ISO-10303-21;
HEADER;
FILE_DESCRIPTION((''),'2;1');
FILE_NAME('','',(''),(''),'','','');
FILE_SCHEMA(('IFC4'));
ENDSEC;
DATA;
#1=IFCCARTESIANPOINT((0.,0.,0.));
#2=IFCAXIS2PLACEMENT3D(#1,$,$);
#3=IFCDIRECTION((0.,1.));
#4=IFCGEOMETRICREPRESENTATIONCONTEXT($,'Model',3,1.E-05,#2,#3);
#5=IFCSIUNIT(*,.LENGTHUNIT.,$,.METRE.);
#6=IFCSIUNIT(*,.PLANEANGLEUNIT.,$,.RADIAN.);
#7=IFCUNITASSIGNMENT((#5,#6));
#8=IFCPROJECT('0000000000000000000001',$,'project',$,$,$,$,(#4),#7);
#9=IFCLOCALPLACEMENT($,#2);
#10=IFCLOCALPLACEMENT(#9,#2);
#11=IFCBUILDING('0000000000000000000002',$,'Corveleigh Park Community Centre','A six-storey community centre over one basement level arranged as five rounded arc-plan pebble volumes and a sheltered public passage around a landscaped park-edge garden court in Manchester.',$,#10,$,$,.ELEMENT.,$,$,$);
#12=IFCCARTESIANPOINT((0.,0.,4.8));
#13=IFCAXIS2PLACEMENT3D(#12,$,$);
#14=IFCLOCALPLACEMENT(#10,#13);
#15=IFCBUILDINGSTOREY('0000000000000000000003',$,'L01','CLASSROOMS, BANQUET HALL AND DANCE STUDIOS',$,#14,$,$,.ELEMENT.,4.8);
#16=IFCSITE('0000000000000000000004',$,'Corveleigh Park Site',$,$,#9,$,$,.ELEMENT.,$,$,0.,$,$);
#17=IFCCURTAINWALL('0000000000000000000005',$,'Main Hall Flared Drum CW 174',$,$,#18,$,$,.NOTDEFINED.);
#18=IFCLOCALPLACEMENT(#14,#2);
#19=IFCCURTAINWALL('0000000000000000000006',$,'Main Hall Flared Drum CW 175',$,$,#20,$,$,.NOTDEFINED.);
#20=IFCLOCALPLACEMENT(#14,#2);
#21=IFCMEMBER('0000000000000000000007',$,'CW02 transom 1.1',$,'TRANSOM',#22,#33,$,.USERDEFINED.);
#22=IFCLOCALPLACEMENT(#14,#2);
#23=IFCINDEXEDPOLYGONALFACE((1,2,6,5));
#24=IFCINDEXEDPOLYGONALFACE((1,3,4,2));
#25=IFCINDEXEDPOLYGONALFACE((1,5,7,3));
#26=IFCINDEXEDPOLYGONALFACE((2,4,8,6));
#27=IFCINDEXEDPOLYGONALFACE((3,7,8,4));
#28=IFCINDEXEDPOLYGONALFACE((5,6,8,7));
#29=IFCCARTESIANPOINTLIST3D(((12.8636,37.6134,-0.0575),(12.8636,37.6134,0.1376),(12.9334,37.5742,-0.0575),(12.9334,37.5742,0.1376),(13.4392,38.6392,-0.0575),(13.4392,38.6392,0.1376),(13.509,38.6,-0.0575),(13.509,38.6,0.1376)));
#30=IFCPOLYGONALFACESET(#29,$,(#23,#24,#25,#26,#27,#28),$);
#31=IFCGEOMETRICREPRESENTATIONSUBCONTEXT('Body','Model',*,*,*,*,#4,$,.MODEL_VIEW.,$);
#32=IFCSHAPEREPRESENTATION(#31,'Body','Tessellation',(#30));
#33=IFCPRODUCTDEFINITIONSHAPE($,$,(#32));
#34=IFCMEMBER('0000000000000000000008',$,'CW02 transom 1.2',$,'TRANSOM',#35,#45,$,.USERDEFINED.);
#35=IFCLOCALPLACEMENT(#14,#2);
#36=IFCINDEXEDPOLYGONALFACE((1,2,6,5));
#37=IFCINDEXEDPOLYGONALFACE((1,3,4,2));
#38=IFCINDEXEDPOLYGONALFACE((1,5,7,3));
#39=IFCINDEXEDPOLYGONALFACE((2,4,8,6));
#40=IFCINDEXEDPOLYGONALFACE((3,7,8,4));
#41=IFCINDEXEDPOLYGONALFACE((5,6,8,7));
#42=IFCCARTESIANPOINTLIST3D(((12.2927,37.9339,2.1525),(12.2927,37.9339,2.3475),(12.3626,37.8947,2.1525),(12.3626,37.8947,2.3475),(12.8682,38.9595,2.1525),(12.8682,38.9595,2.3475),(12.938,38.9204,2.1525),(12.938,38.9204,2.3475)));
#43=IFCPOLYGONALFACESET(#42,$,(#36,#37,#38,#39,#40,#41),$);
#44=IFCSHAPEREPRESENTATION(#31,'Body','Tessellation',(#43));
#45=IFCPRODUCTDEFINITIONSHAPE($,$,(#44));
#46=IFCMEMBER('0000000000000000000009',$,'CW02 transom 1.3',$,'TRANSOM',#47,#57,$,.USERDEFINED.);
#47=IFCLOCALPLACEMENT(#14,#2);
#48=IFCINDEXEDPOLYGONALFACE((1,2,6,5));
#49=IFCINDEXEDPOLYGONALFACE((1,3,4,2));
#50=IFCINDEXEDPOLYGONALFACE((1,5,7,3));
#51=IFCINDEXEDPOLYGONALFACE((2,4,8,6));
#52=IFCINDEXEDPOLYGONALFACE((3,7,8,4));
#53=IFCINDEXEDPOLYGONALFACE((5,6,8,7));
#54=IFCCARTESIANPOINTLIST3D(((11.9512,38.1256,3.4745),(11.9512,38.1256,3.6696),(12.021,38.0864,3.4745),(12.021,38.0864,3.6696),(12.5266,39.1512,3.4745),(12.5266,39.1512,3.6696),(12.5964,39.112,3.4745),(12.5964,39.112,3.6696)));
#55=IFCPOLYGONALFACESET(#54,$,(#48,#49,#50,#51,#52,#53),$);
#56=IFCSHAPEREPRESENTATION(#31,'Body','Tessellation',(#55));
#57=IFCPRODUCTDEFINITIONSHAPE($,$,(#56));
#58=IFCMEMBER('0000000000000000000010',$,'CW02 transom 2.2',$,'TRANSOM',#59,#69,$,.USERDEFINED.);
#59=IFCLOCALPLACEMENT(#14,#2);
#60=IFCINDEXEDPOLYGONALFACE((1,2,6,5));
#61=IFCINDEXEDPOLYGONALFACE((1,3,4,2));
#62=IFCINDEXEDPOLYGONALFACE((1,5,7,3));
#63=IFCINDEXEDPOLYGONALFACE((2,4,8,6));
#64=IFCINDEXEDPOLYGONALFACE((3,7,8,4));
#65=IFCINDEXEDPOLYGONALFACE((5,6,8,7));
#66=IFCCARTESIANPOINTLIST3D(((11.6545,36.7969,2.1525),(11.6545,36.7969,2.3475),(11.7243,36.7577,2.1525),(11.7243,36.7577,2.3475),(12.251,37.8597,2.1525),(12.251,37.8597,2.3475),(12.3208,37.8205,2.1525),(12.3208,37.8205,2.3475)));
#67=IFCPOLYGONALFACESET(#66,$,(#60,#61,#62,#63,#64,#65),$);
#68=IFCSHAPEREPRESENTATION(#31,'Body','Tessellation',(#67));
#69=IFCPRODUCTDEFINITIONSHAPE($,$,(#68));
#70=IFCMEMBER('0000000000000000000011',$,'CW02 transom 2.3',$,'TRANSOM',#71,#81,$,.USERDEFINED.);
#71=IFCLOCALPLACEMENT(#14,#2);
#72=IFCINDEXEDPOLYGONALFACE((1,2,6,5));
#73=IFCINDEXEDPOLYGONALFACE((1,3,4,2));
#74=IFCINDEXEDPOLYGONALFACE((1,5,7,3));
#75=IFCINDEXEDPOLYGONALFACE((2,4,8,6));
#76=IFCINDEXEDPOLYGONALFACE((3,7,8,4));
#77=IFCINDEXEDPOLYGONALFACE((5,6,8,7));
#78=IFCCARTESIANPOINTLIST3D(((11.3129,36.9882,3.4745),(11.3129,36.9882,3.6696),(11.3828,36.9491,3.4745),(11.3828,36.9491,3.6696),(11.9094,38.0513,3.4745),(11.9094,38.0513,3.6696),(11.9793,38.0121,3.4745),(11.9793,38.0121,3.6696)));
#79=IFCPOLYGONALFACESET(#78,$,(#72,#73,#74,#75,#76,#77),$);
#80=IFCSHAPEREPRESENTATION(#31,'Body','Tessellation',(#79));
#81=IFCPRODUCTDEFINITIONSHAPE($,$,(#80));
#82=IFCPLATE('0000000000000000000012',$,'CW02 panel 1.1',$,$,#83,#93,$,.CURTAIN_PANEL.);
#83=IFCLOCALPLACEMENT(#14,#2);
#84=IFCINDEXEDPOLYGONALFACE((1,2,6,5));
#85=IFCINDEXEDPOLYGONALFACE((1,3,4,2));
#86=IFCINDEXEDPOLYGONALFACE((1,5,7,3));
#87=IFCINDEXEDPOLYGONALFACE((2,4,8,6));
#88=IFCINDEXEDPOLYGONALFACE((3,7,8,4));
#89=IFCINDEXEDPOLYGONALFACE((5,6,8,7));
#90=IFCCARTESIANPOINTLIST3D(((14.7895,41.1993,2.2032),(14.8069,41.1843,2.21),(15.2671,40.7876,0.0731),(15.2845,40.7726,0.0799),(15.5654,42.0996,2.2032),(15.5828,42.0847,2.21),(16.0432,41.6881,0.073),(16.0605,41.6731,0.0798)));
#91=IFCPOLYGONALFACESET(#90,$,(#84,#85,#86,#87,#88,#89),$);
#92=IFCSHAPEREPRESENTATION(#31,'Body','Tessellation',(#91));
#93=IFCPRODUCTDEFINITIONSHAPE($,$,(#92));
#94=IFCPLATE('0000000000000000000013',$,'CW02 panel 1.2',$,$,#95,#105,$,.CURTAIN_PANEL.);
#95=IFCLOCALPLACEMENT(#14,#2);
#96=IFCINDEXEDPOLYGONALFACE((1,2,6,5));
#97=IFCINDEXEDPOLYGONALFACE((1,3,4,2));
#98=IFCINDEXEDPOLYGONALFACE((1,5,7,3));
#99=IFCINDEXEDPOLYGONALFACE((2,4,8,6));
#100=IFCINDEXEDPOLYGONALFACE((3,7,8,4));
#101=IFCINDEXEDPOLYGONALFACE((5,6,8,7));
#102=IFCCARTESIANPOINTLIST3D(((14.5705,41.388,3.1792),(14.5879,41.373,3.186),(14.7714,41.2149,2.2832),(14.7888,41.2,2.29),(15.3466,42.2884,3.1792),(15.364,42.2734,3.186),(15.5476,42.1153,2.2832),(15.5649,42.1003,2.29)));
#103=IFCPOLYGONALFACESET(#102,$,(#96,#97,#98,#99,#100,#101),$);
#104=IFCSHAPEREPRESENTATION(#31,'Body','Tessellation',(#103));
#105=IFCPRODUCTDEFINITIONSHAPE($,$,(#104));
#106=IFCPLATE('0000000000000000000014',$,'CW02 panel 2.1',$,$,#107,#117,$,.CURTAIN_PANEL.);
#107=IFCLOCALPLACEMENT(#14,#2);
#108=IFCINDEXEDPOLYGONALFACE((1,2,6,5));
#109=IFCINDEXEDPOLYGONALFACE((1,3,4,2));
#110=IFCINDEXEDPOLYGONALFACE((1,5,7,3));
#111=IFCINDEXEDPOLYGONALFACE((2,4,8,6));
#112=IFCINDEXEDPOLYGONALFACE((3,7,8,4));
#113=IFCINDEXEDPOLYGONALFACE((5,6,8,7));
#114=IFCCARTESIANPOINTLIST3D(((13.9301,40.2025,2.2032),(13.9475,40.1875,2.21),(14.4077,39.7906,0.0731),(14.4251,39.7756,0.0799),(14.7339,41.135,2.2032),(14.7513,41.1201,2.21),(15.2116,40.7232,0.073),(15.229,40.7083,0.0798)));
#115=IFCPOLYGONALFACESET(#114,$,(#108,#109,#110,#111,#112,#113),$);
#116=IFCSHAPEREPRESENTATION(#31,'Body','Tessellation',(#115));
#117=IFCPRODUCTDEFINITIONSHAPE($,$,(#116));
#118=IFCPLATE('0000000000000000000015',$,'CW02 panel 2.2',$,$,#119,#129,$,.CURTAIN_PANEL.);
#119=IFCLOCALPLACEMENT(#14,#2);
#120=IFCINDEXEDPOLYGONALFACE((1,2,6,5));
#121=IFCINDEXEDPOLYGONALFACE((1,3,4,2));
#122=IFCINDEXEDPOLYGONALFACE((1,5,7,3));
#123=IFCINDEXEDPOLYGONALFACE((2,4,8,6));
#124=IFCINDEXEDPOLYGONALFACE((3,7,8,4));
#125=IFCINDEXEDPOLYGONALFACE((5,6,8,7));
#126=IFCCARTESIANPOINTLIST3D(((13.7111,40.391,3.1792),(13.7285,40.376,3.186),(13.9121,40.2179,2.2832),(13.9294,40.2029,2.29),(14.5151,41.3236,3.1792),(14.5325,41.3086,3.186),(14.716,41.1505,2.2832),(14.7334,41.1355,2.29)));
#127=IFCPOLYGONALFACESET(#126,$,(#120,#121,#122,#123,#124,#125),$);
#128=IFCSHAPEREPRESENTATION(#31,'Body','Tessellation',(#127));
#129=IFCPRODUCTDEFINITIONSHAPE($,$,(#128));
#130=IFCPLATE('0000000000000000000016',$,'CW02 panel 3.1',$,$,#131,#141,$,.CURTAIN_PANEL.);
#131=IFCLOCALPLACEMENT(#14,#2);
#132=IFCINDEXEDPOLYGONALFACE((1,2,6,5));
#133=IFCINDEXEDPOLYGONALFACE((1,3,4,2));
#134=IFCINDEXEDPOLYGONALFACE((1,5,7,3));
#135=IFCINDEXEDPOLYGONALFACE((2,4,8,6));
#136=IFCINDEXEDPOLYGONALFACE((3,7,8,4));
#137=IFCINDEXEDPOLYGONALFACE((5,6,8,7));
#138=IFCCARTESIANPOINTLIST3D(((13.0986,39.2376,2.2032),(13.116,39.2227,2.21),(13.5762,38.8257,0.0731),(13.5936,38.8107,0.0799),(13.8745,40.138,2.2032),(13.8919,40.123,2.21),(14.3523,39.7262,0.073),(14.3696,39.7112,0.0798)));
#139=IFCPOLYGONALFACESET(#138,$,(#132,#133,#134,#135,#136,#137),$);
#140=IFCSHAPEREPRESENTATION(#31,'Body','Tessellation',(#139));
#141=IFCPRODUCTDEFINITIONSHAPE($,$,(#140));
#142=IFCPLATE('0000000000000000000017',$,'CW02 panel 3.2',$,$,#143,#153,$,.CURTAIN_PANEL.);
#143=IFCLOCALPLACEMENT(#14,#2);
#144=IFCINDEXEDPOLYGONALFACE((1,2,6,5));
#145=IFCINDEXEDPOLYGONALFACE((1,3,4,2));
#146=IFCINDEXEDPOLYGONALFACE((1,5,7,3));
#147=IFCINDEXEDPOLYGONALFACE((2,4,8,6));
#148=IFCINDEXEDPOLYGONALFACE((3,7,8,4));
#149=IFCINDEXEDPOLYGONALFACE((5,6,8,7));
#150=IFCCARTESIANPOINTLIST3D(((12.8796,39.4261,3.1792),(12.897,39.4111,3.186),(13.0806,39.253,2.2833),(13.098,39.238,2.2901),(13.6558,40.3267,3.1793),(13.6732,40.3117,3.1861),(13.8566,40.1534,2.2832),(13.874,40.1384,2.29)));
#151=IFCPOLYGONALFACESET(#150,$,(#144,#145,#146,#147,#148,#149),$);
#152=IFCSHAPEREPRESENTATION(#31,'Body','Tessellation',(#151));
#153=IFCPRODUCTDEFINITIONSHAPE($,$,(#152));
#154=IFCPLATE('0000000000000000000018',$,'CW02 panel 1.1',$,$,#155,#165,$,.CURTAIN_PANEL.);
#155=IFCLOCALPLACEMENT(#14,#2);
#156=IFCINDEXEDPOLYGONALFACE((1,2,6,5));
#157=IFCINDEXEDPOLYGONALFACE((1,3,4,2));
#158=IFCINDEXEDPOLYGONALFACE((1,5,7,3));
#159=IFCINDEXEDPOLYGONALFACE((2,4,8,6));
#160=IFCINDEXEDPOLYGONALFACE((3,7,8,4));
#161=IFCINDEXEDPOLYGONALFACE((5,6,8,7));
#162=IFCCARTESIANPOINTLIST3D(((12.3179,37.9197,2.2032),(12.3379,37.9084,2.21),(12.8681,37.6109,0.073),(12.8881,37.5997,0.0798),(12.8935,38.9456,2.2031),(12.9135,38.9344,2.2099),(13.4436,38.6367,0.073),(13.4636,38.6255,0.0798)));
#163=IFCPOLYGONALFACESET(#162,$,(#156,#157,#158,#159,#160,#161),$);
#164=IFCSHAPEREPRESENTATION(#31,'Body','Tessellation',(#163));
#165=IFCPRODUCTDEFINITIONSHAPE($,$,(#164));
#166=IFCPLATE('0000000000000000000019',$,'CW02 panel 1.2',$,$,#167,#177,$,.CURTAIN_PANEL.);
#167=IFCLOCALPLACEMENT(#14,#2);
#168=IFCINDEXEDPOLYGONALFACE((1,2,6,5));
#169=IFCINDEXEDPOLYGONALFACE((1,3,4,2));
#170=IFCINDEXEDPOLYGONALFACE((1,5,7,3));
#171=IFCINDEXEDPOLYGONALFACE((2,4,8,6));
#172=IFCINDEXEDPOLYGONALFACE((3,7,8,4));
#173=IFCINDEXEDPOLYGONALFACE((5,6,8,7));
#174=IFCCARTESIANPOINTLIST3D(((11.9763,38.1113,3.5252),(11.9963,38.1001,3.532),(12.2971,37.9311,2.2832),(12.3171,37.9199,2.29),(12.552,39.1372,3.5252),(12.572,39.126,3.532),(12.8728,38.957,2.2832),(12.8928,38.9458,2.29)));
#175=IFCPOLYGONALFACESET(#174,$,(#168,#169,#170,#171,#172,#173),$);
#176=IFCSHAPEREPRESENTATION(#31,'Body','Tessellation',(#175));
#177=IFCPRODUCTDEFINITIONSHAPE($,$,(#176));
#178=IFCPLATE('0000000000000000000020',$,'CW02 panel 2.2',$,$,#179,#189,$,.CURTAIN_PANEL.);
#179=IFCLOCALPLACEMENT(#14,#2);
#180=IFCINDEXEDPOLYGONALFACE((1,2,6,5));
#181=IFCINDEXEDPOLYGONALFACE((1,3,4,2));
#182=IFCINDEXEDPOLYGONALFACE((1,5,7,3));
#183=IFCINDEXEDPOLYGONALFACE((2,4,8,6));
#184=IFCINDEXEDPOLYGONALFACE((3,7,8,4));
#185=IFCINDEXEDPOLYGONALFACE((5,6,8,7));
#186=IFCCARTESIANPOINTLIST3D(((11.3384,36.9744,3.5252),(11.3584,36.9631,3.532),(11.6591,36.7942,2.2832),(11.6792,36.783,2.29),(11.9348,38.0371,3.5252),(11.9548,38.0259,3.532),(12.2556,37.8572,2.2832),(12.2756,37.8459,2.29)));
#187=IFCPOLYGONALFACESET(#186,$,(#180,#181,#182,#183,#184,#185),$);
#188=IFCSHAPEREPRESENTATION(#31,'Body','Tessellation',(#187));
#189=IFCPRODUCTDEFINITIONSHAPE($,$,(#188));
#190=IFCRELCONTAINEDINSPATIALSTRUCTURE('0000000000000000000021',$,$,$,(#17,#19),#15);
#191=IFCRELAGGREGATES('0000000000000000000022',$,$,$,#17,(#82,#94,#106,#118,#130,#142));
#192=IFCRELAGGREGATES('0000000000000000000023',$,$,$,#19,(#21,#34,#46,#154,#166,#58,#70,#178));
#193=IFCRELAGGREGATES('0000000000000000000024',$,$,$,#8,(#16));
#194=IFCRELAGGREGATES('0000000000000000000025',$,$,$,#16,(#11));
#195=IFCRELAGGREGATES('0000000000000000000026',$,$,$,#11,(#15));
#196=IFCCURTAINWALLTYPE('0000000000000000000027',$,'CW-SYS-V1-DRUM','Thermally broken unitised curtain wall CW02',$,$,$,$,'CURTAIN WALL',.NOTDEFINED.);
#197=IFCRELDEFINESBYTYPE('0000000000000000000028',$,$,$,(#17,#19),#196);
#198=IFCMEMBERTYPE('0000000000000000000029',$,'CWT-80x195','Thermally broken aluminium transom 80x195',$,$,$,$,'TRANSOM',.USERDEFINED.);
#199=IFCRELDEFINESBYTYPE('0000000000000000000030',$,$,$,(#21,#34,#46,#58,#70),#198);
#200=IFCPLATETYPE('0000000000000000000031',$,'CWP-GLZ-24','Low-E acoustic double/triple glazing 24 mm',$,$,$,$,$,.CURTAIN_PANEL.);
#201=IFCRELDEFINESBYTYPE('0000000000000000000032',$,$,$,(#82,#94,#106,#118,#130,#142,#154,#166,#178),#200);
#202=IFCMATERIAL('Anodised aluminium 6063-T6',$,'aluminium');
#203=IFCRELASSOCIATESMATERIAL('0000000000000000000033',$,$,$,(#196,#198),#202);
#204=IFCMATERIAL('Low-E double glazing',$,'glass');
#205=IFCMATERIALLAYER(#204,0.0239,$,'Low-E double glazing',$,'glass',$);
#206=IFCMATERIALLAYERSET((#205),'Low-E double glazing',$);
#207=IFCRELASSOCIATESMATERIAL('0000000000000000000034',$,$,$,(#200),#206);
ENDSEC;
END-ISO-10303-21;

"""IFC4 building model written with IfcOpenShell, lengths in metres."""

from ifc_helpers import new_model, si_unit, direction, frame, origin, origin_2d, place, context, subcontext, project, spatial, polyline, rectangle, outline, extrude, material, layer, layer_set, material_profile, profile_set, type_object, element, aggregate, save


model = new_model("IFC4")

# Units and contexts
model_context = context("Model", 3, precision=1e-05, world=origin(), true_north=direction((0.0, 1.0)))
body_context = subcontext(model_context, "Body", "Model", "MODEL_VIEW")
ifc_project = project(units=[si_unit("LENGTHUNIT", "METRE"), si_unit("PLANEANGLEUNIT", "RADIAN")], contexts=[model_context])

# Site, building, storey
site_placement = place(None, origin())
site = spatial("IfcSite", under=ifc_project, at=site_placement, Name="Corveleigh Park Site", CompositionType="ELEMENT", RefElevation=0.0)
building_placement = place(site_placement, origin())
building = spatial("IfcBuilding", under=site, at=building_placement, Name="Corveleigh Park Community Centre", Description="A six-storey community centre over one basement level arranged as five rounded arc-plan pebble volumes and a sheltered public passage around a landscaped park-edge garden court in Manchester.", CompositionType="ELEMENT")
storey_placement = place(building_placement, frame((0.0, 0.0, 4.8)))
storey = spatial("IfcBuildingStorey", under=building, at=storey_placement, Name="L01", Description="CLASSROOMS, BANQUET HALL AND DANCE STUDIOS", CompositionType="ELEMENT", Elevation=4.8)

# Curtain wall
ifc_material_1 = material(Name="Anodised aluminium 6063-T6", Category="aluminium")
curtain_wall_type = type_object("IfcCurtainWallType", Name="CW-SYS-V1-DRUM", Description="Thermally broken unitised curtain wall CW02", ElementType="CURTAIN WALL", PredefinedType="NOTDEFINED", material=ifc_material_1)
curtain_wall_1_placement = place(storey_placement, origin())
curtain_wall_1 = element("IfcCurtainWall", 1, at=curtain_wall_1_placement, inside=storey, type_object=curtain_wall_type, Name="Main Hall Flared Drum CW 174", PredefinedType="NOTDEFINED")

# Curtain wall
curtain_wall_2_placement = place(storey_placement, origin())
curtain_wall_2 = element("IfcCurtainWall", 2, at=curtain_wall_2_placement, inside=storey, type_object=curtain_wall_type, Name="Main Hall Flared Drum CW 175", PredefinedType="NOTDEFINED")

# Members
ifc_material_profile_1 = material_profile(ifc_material_1, rectangle(XDim=0.0801, YDim=0.1951, at=origin_2d()), Name="ALU-T80x195", Category="aluminium")
ifc_profile_set_1 = profile_set([ifc_material_profile_1], Name="Anodised aluminium 6063-T6")
member_type_1 = type_object("IfcMemberType", Name="CWT-80x195", Description="Thermally broken aluminium transom 80x195", ElementType="TRANSOM", PredefinedType="USERDEFINED", material=ifc_profile_set_1)
member_1_placement = place(storey_placement, frame((13.4741, 38.6196, 0.04), z_axis=(-0.489374, -0.872074, 0.0), x_axis=(0.872074, -0.489374, 0.0)))
member_1 = element("IfcMember", 3, at=member_1_placement, type_object=member_type_1, Name="CW02 transom 1.1", ObjectType="TRANSOM", PredefinedType="USERDEFINED", context=body_context, shape_type="SweptSolid", body=[
    extrude(rectangle(XDim=0.0801, YDim=0.1951, at=origin_2d()), origin(), (0.0, 0.0, 1.0), 1.1763),
])
member_2_placement = place(storey_placement, frame((12.9031, 38.9399, 2.25), z_axis=(-0.489305, -0.872113, 0.0), x_axis=(0.872113, -0.489305, 0.0)))
member_2 = element("IfcMember", 4, at=member_2_placement, type_object=member_type_1, Name="CW02 transom 1.2", ObjectType="TRANSOM", PredefinedType="USERDEFINED", context=body_context, shape_type="SweptSolid", body=[
    extrude(rectangle(XDim=0.0801, YDim=0.1951, at=origin_2d()), origin(), (0.0, 0.0, 1.0), 1.176),
])
member_3_placement = place(storey_placement, frame((12.5615, 39.1316, 3.572), z_axis=(-0.489305, -0.872113, 0.0), x_axis=(0.872113, -0.489305, 0.0)))
member_3 = element("IfcMember", 5, at=member_3_placement, type_object=member_type_1, Name="CW02 transom 1.3", ObjectType="TRANSOM", PredefinedType="USERDEFINED", context=body_context, shape_type="SweptSolid", body=[
    extrude(rectangle(XDim=0.0801, YDim=0.1951, at=origin_2d()), origin(), (0.0, 0.0, 1.0), 1.176),
])
member_4_placement = place(storey_placement, frame((12.2859, 37.8401, 2.25), z_axis=(-0.489414, -0.872051, 0.0), x_axis=(0.872051, -0.489414, 0.0)))
member_4 = element("IfcMember", 6, at=member_4_placement, type_object=member_type_1, Name="CW02 transom 2.2", ObjectType="TRANSOM", PredefinedType="USERDEFINED", context=body_context, shape_type="SweptSolid", body=[
    extrude(rectangle(XDim=0.0801, YDim=0.1951, at=origin_2d()), origin(), (0.0, 0.0, 1.0), 1.2188),
])
member_5_placement = place(storey_placement, frame((11.9443, 38.0317, 3.572), z_axis=(-0.489329, -0.872099, 0.0), x_axis=(0.872099, -0.489329, 0.0)))
member_5 = element("IfcMember", 7, at=member_5_placement, type_object=member_type_1, Name="CW02 transom 2.3", ObjectType="TRANSOM", PredefinedType="USERDEFINED", context=body_context, shape_type="SweptSolid", body=[
    extrude(rectangle(XDim=0.0801, YDim=0.1951, at=origin_2d()), origin(), (0.0, 0.0, 1.0), 1.219),
])

# Plates
ifc_material_2 = material(Name="Low-E double glazing", Category="glass")
ifc_layer_1 = layer(ifc_material_2, 0.0239, Name="Low-E double glazing", Category="glass")
ifc_layer_set_1 = layer_set([ifc_layer_1], Name="Low-E double glazing")
plate_type_1 = type_object("IfcPlateType", Name="CWP-GLZ-24", Description="Low-E acoustic double/triple glazing 24 mm", PredefinedType="CURTAIN_PANEL", material=ifc_layer_set_1)
plate_1_placement = place(storey_placement, frame((16.0605, 41.6731, 0.0798), z_axis=(0.726338, -0.625994, 0.28384), x_axis=(-0.652849, -0.757488, 0.000021)))
plate_1 = element("IfcPlate", 8, at=plate_1_placement, type_object=plate_type_1, Name="CW02 panel 1.1", PredefinedType="CURTAIN_PANEL", context=body_context, shape_type="SweptSolid", body=[
    extrude(outline(polyline([(0.0, 0.0), (1.1887, 0.0), (1.1887, -2.2215), (0.0002, -2.2215), (0.0, 0.0)])), origin(), (0.0, 0.0, -1.0), 0.0239),
])
plate_2_placement = place(storey_placement, frame((15.5649, 42.1003, 2.29), z_axis=(0.726294, -0.626054, 0.283818), x_axis=(-0.652903, -0.757441, 0.0)))
plate_2 = element("IfcPlate", 9, at=plate_2_placement, type_object=plate_type_1, Name="CW02 panel 1.2", PredefinedType="CURTAIN_PANEL", context=body_context, shape_type="SweptSolid", body=[
    extrude(outline(polyline([(0.0, 0.0), (1.1887, 0.0), (1.1888, -0.9344), (0.0001, -0.9344), (0.0, 0.0)])), origin(), (0.0, 0.0, -1.0), 0.0239),
])
plate_3_placement = place(storey_placement, frame((15.229, 40.7083, 0.0798), z_axis=(0.726301, -0.626007, 0.283906), x_axis=(-0.652876, -0.757465, 0.00002)))
plate_3 = element("IfcPlate", 10, at=plate_3_placement, type_object=plate_type_1, Name="CW02 panel 2.1", PredefinedType="CURTAIN_PANEL", context=body_context, shape_type="SweptSolid", body=[
    extrude(outline(polyline([(0.0, 0.0), (1.2313, 0.0), (1.2312, -2.2215), (0.0, -2.2216), (0.0, 0.0)])), origin(), (0.0, 0.0, -1.0), 0.0239),
])
plate_4_placement = place(storey_placement, frame((14.7334, 41.1355, 2.29), z_axis=(0.726274, -0.626078, 0.283818), x_axis=(-0.652928, -0.75742, 0.0)))
plate_4 = element("IfcPlate", 11, at=plate_4_placement, type_object=plate_type_1, Name="CW02 panel 2.2", PredefinedType="CURTAIN_PANEL", context=body_context, shape_type="SweptSolid", body=[
    extrude(outline(polyline([(0.0, 0.0), (1.2313, 0.0), (1.2314, -0.9344), (0.0001, -0.9344), (0.0, 0.0)])), origin(), (0.0, 0.0, -1.0), 0.0239),
])
plate_5_placement = place(storey_placement, frame((14.3696, 39.7112, 0.0798), z_axis=(0.726323, -0.625981, 0.283906), x_axis=(-0.652849, -0.757488, 0.000021)))
plate_5 = element("IfcPlate", 12, at=plate_5_placement, type_object=plate_type_1, Name="CW02 panel 3.1", PredefinedType="CURTAIN_PANEL", context=body_context, shape_type="SweptSolid", body=[
    extrude(outline(polyline([(0.0, 0.0), (1.1887, 0.0), (1.1885, -2.2215), (0.0, -2.2216), (0.0, 0.0)])), origin(), (0.0, 0.0, -1.0), 0.0239),
])
plate_6_placement = place(storey_placement, frame((13.874, 40.1384, 2.29), z_axis=(0.726318, -0.625991, 0.283897), x_axis=(-0.652856, -0.757482, 0.000018)))
plate_6 = element("IfcPlate", 13, at=plate_6_placement, type_object=plate_type_1, Name="CW02 panel 3.2", PredefinedType="CURTAIN_PANEL", context=body_context, shape_type="SweptSolid", body=[
    extrude(outline(polyline([(0.0, 0.0), (1.1887, 0.0), (1.1888, -0.9344), (-0.0001, -0.9345), (0.0, 0.0)])), origin(), (0.0, 0.0, -1.0), 0.0239),
])
aggregate(curtain_wall_1, [plate_1, plate_2, plate_3, plate_4, plate_5, plate_6])
plate_7_placement = place(storey_placement, frame((13.4636, 38.6255, 0.0798), z_axis=(0.836209, -0.469149, 0.283997), x_axis=(-0.489289, -0.872122, -0.000025)))
plate_7 = element("IfcPlate", 14, at=plate_7_placement, type_object=plate_type_1, Name="CW02 panel 1.1", PredefinedType="CURTAIN_PANEL", context=body_context, shape_type="SweptSolid", body=[
    extrude(outline(polyline([(0.0, 0.0), (1.1762, 0.0), (1.1761, -2.2216), (-0.0003, -2.2216), (0.0, 0.0)])), origin(), (0.0, 0.0, -1.0), 0.0239),
])
plate_8_placement = place(storey_placement, frame((12.8928, 38.9458, 2.29), z_axis=(0.836152, -0.469216, 0.284054), x_axis=(-0.489374, -0.872074, 0.0)))
plate_8 = element("IfcPlate", 15, at=plate_8_placement, type_object=plate_type_1, Name="CW02 panel 1.2", PredefinedType="CURTAIN_PANEL", context=body_context, shape_type="SweptSolid", body=[
    extrude(outline(polyline([(0.0, 0.0), (1.1764, 0.0), (1.1762, -1.2953), (-0.0001, -1.2953), (0.0, 0.0)])), origin(), (0.0, 0.0, -1.0), 0.0239),
])
plate_9_placement = place(storey_placement, frame((12.2756, 37.8459, 2.29), z_axis=(0.836164, -0.46922, 0.284012), x_axis=(-0.489368, -0.872077, -0.000013)))
plate_9 = element("IfcPlate", 16, at=plate_9_placement, type_object=plate_type_1, Name="CW02 panel 2.2", PredefinedType="CURTAIN_PANEL", context=body_context, shape_type="SweptSolid", body=[
    extrude(outline(polyline([(0.0, 0.0), (1.2189, 0.0), (1.2187, -1.2953), (0.0001, -1.2953), (0.0, 0.0)])), origin(), (0.0, 0.0, -1.0), 0.0239),
])
aggregate(curtain_wall_2, [member_1, member_2, member_3, plate_7, plate_8, member_4, member_5, plate_9])

save(model, "model.ifc")
